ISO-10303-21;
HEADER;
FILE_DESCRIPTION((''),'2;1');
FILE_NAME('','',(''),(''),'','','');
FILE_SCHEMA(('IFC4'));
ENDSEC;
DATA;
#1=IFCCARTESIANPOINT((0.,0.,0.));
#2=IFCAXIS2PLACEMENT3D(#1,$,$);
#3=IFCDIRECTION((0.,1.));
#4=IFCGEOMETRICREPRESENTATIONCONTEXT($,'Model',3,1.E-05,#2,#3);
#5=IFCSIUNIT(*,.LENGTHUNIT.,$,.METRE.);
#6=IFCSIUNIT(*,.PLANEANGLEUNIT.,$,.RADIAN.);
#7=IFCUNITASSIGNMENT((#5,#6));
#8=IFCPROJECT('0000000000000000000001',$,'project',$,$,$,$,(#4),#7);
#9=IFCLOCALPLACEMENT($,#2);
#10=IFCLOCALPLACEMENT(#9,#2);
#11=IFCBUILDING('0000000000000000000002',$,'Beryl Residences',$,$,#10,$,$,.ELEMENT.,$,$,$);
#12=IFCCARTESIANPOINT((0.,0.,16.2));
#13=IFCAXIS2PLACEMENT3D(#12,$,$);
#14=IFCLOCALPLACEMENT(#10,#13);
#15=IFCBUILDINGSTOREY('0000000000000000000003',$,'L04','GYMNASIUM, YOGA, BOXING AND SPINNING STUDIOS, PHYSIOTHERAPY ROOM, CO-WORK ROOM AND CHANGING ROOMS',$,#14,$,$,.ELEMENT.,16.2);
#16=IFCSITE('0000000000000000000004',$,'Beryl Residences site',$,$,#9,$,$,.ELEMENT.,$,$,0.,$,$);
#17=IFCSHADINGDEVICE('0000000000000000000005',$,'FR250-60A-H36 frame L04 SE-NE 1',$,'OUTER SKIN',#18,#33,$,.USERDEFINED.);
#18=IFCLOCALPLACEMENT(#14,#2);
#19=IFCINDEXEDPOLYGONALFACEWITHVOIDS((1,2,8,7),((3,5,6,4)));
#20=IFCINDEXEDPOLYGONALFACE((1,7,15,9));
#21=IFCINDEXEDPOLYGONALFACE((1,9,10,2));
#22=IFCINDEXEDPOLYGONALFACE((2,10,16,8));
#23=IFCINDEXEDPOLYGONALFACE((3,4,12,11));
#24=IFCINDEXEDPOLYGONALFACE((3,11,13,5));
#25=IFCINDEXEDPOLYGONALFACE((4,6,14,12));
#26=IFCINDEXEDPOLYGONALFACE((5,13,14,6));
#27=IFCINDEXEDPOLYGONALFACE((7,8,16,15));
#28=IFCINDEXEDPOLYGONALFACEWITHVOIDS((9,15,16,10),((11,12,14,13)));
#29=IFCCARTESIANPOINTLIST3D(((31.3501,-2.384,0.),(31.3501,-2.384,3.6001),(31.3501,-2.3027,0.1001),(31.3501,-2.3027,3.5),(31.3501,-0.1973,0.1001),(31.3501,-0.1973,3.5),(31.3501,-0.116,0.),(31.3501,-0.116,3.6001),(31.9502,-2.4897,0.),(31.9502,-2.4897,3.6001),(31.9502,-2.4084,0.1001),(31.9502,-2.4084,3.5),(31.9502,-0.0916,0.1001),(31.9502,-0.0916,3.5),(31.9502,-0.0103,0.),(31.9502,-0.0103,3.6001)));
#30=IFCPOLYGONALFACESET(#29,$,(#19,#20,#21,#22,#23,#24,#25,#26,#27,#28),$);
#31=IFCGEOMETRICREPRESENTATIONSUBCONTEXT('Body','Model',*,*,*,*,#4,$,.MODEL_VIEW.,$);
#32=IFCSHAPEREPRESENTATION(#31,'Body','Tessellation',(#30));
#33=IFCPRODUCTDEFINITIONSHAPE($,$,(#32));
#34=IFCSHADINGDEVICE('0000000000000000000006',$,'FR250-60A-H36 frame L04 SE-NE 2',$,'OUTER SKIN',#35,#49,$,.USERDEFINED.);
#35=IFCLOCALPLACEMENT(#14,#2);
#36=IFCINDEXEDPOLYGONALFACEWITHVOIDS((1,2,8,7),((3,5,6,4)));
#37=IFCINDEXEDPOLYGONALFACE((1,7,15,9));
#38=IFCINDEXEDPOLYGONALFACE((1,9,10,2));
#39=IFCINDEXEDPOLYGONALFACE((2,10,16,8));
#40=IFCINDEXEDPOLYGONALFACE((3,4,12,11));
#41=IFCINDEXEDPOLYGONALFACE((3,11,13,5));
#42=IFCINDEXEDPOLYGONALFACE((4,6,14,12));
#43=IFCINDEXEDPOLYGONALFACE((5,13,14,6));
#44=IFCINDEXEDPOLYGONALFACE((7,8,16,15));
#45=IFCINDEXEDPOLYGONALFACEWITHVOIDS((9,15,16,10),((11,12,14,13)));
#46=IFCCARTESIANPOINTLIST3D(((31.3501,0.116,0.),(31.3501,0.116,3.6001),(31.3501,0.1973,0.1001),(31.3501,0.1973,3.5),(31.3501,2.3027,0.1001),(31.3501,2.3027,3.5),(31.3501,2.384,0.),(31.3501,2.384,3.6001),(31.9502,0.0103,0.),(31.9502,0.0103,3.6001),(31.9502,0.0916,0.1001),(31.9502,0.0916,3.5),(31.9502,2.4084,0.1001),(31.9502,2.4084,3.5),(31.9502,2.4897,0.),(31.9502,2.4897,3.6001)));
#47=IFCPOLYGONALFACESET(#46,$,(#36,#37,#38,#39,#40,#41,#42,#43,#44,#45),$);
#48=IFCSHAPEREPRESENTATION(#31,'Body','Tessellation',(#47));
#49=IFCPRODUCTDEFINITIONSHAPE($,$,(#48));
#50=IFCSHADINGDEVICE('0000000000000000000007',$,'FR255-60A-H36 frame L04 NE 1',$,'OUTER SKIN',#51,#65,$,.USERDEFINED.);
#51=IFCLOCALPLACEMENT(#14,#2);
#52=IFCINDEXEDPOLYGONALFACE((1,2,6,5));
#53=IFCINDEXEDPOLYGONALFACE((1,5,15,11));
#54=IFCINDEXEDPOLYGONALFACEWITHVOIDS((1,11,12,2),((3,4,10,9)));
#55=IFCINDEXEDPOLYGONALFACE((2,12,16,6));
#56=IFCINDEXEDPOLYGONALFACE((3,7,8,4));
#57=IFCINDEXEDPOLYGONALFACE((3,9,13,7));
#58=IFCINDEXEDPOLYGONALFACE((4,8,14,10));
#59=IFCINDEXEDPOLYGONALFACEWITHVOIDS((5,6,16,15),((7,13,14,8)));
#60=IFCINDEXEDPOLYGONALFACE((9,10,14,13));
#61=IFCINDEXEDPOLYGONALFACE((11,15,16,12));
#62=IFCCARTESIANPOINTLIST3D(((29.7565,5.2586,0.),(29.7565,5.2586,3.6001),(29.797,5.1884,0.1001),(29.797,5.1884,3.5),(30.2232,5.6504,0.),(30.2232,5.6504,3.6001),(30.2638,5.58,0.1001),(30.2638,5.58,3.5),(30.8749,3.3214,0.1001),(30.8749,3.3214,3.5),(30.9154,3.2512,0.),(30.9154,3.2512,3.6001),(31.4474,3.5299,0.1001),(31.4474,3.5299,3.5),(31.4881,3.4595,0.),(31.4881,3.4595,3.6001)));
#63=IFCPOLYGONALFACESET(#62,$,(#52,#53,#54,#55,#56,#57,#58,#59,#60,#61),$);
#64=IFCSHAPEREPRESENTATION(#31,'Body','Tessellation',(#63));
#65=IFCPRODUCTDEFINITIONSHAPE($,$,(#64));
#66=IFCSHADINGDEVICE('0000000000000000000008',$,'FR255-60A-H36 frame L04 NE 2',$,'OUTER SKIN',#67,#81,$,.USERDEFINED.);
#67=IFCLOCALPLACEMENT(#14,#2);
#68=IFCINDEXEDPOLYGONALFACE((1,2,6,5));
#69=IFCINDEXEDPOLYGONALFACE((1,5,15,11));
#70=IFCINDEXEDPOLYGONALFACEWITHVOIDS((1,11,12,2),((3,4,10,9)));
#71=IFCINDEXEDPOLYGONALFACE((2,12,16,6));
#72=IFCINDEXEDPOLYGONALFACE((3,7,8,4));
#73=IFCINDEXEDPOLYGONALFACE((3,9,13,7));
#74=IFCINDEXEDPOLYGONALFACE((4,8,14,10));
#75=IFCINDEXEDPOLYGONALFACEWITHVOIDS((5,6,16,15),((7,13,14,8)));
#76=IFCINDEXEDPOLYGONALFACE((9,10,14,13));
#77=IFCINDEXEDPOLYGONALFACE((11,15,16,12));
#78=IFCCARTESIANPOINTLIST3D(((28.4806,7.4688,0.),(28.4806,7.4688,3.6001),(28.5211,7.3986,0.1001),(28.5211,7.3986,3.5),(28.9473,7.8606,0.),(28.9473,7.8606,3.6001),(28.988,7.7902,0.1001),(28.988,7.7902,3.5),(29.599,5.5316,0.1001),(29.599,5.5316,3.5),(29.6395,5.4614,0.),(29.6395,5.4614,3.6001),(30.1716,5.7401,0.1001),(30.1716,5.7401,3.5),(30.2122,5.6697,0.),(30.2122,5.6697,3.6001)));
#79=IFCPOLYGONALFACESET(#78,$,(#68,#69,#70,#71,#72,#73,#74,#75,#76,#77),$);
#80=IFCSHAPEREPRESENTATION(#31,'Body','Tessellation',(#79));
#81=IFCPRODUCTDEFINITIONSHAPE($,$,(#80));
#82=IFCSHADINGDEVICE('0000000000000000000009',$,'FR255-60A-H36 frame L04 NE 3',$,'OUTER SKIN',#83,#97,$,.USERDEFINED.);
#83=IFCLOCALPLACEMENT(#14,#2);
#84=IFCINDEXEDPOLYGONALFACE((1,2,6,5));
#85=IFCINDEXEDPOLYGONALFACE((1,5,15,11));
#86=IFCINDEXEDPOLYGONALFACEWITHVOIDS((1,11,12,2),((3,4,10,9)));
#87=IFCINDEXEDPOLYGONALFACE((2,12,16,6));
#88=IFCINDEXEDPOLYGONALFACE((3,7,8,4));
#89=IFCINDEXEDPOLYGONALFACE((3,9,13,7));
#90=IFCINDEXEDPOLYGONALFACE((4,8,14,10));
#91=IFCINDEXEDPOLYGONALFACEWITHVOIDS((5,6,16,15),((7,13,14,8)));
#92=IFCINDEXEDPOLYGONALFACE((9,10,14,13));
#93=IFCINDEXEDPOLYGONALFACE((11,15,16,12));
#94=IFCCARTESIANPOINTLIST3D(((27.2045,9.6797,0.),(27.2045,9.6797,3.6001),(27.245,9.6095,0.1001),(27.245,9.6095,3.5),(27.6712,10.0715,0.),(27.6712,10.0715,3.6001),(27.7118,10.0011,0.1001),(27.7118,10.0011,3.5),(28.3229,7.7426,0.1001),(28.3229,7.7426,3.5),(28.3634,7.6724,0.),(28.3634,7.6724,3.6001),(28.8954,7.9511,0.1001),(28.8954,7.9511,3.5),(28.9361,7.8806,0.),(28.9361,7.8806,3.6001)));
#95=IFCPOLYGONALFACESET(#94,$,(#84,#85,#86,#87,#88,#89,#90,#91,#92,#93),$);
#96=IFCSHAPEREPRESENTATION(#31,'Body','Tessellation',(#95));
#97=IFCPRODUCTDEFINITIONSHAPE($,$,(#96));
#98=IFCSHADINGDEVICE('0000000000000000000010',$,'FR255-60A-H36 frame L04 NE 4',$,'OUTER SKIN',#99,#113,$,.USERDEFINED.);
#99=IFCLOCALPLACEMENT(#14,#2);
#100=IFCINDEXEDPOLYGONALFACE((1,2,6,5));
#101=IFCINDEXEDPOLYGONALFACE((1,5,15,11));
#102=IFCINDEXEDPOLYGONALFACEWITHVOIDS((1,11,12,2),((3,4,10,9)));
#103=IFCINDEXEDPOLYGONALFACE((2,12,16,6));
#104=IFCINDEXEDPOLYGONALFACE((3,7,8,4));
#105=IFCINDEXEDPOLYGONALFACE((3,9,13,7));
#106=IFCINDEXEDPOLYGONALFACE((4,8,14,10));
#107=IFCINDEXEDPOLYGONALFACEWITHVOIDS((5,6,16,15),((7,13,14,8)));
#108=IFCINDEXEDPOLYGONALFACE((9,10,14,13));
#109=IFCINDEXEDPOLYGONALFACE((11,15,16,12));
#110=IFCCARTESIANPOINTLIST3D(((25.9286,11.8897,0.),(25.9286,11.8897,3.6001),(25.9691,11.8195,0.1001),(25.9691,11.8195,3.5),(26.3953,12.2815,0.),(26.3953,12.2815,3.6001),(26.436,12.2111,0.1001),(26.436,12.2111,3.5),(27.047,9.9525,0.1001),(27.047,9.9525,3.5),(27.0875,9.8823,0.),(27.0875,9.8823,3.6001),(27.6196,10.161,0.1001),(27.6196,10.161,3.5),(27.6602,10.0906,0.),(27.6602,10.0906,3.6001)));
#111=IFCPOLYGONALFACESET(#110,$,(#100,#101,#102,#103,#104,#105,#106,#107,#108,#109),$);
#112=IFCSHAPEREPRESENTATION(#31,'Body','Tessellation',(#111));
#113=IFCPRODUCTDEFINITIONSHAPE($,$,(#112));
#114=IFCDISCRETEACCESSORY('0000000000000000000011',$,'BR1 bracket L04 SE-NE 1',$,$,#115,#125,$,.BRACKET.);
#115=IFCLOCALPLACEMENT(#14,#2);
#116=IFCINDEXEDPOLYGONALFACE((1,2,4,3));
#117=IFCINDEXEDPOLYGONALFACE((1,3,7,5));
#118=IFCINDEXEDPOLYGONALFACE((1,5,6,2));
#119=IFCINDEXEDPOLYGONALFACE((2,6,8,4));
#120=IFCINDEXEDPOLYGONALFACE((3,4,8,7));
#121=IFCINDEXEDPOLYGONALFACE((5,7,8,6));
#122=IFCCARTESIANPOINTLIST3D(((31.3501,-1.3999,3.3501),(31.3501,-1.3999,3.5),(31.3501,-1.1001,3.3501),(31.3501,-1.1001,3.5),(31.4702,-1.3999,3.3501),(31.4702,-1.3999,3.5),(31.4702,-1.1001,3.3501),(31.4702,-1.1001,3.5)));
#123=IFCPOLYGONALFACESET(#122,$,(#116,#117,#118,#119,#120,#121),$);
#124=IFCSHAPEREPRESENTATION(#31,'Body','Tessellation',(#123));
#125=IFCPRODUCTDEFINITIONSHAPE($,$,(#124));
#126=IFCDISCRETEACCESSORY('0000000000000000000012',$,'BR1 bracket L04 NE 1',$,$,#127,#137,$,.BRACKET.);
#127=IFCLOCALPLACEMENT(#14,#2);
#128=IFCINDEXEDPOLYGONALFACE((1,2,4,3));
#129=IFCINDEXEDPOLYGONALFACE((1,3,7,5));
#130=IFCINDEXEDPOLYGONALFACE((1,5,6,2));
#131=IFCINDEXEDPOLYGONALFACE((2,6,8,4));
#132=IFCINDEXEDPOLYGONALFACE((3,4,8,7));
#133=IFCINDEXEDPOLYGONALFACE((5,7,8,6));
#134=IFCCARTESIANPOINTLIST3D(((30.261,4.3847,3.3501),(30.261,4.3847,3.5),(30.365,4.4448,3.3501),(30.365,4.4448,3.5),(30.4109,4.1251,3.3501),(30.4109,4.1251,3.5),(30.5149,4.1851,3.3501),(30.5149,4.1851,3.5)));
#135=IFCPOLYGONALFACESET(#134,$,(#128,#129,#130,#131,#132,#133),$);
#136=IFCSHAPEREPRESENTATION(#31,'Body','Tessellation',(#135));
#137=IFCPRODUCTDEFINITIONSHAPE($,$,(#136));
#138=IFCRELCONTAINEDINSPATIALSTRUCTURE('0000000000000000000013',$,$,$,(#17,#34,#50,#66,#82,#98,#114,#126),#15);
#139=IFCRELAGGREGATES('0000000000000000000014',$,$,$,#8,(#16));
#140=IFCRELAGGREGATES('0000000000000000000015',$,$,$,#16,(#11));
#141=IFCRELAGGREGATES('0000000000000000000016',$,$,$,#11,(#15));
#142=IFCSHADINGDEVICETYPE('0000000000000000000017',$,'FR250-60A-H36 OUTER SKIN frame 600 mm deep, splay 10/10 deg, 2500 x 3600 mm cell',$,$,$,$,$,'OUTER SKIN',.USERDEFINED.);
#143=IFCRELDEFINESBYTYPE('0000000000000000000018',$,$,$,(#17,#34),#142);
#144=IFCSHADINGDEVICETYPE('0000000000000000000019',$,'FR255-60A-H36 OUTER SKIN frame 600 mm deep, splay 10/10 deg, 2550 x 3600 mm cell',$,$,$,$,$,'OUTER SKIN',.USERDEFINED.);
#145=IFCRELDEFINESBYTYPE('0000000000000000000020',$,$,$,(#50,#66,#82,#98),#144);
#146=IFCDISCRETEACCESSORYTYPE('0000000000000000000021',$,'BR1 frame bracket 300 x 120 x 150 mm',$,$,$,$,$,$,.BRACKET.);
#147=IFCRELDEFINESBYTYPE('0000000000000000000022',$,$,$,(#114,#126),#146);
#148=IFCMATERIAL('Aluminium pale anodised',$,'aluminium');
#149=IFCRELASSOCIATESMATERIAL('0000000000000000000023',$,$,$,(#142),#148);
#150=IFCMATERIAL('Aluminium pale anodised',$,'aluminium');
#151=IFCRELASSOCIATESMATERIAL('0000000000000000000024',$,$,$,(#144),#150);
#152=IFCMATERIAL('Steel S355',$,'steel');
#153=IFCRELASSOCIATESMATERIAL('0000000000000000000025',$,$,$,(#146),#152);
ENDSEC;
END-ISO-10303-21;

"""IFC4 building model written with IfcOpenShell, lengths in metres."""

from ifc_helpers import new_model, entity, si_unit, direction, frame, origin, place, context, subcontext, project, spatial, polyline, outline, extrude, source, transform, mapped, material, type_object, type_shapes, element, save


model = new_model("IFC4")

# Units and contexts
model_context = context("Model", 3, precision=1e-05, world=origin(), true_north=direction((0.0, 1.0)))
body_context = subcontext(model_context, "Body", "Model", "MODEL_VIEW")
ifc_project = project(units=[si_unit("LENGTHUNIT", "METRE"), si_unit("PLANEANGLEUNIT", "RADIAN")], contexts=[model_context])

# Site, building, storey
site_placement = place(None, origin())
site = spatial("IfcSite", under=ifc_project, at=site_placement, Name="Beryl Residences site", CompositionType="ELEMENT", RefElevation=0.0)
building_placement = place(site_placement, origin())
building = spatial("IfcBuilding", under=site, at=building_placement, Name="Beryl Residences", CompositionType="ELEMENT")
storey_placement = place(building_placement, frame((0.0, 0.0, 16.2)))
storey = spatial("IfcBuildingStorey", under=building, at=storey_placement, Name="L04", Description="GYMNASIUM, YOGA, BOXING AND SPINNING STUDIOS, PHYSIOTHERAPY ROOM, CO-WORK ROOM AND CHANGING ROOMS", CompositionType="ELEMENT", Elevation=16.2)

# Shading devices
ifc_material_1 = material(Name="Aluminium pale anodised", Category="aluminium")
shading_device_type_1 = type_object("IfcShadingDeviceType", Name="FR250-60A-H36 OUTER SKIN frame 600 mm deep, splay 10/10 deg, 2500 x 3600 mm cell", ElementType="OUTER SKIN", PredefinedType="USERDEFINED", material=ifc_material_1)
cartesian_point_1 = entity("IfcCartesianPoint", [-1.134, 0.0])
cartesian_point_2 = entity("IfcCartesianPoint", [-1.0527, 0.1001])
cartesian_point_3 = entity("IfcCartesianPoint", [-1.2397, 0.0])
cartesian_point_4 = entity("IfcCartesianPoint", [-1.1584, 0.1001])
shared_shape_1 = source(origin(), body_context, "Body", "SweptSolid", [
    entity("IfcExtrudedAreaSolidTapered", entity("IfcArbitraryProfileDefWithVoids", "AREA", None, entity("IfcPolyline", [cartesian_point_1, entity("IfcCartesianPoint", [1.134, 0.0]), entity("IfcCartesianPoint", [1.134, 3.6001]), entity("IfcCartesianPoint", [-1.134, 3.6001]), cartesian_point_1]), [entity("IfcPolyline", [cartesian_point_2, entity("IfcCartesianPoint", [1.0527, 0.1001]), entity("IfcCartesianPoint", [1.0527, 3.5]), entity("IfcCartesianPoint", [-1.0527, 3.5]), cartesian_point_2])]), entity("IfcAxis2Placement3D", entity("IfcCartesianPoint", [0.0, 0.0, 0.0]), entity("IfcDirection", [0.0, 1.0, 0.0]), entity("IfcDirection", [-1.0, 0.0, 0.0])), entity("IfcDirection", [0.0, 0.0, 1.0]), 0.6001, entity("IfcArbitraryProfileDefWithVoids", "AREA", None, entity("IfcPolyline", [cartesian_point_3, entity("IfcCartesianPoint", [1.2397, 0.0]), entity("IfcCartesianPoint", [1.2397, 3.6001]), entity("IfcCartesianPoint", [-1.2397, 3.6001]), cartesian_point_3]), [entity("IfcPolyline", [cartesian_point_4, entity("IfcCartesianPoint", [1.1584, 0.1001]), entity("IfcCartesianPoint", [1.1584, 3.5]), entity("IfcCartesianPoint", [-1.1584, 3.5]), cartesian_point_4])])),
])
type_shapes(shading_device_type_1, [shared_shape_1])
for number, where, z_axis, x_axis, name in (
    (1, (31.3501, -1.25, 0.0), (0.0, 0.0, 1.0), (0.0, -1.0, 0.0), "FR250-60A-H36 frame L04 SE-NE 1"),
    (2, (31.3501, 1.25, 0.0), (0.0, 0.0, 1.0), (0.0, -1.0, 0.0), "FR250-60A-H36 frame L04 SE-NE 2"),
):
    element("IfcShadingDevice", number, at=place(storey_placement, frame(where, z_axis=z_axis, x_axis=x_axis)), inside=storey, type_object=shading_device_type_1, Name=name, ObjectType="OUTER SKIN", PredefinedType="USERDEFINED", context=body_context, shape_type="MappedRepresentation", body=[
        mapped(shared_shape_1, transform((0.0, 0.0, 0.0))),
    ])
ifc_material_2 = material(Name="Aluminium pale anodised", Category="aluminium")
shading_device_type_2 = type_object("IfcShadingDeviceType", Name="FR255-60A-H36 OUTER SKIN frame 600 mm deep, splay 10/10 deg, 2550 x 3600 mm cell", ElementType="OUTER SKIN", PredefinedType="USERDEFINED", material=ifc_material_2)
cartesian_point_5 = entity("IfcCartesianPoint", [-1.1589, 0.0])
cartesian_point_6 = entity("IfcCartesianPoint", [-1.0779, 0.1001])
cartesian_point_7 = entity("IfcCartesianPoint", [-1.2649, 0.0])
cartesian_point_8 = entity("IfcCartesianPoint", [-1.1836, 0.1001])
shared_shape_2 = source(origin(), body_context, "Body", "SweptSolid", [
    entity("IfcExtrudedAreaSolidTapered", entity("IfcArbitraryProfileDefWithVoids", "AREA", None, entity("IfcPolyline", [cartesian_point_5, entity("IfcCartesianPoint", [1.1589, 0.0]), entity("IfcCartesianPoint", [1.1589, 3.6001]), entity("IfcCartesianPoint", [-1.1589, 3.6001]), cartesian_point_5]), [entity("IfcPolyline", [cartesian_point_6, entity("IfcCartesianPoint", [1.0779, 0.1001]), entity("IfcCartesianPoint", [1.0779, 3.5]), entity("IfcCartesianPoint", [-1.0779, 3.5]), cartesian_point_6])]), entity("IfcAxis2Placement3D", entity("IfcCartesianPoint", [0.0, 0.0, 0.0]), entity("IfcDirection", [0.0, 1.0, 0.0]), entity("IfcDirection", [-1.0, 0.0, 0.0])), entity("IfcDirection", [0.0, 0.0, 1.0]), 0.6001, entity("IfcArbitraryProfileDefWithVoids", "AREA", None, entity("IfcPolyline", [cartesian_point_7, entity("IfcCartesianPoint", [1.2649, 0.0]), entity("IfcCartesianPoint", [1.2649, 3.6001]), entity("IfcCartesianPoint", [-1.2649, 3.6001]), cartesian_point_7]), [entity("IfcPolyline", [cartesian_point_8, entity("IfcCartesianPoint", [1.1836, 0.1001]), entity("IfcCartesianPoint", [1.1836, 3.5]), entity("IfcCartesianPoint", [-1.1836, 3.5]), cartesian_point_8])])),
])
type_shapes(shading_device_type_2, [shared_shape_2])
for number, where, z_axis, x_axis, name in (
    (3, (30.3359, 4.2549, 0.0), (0.0, 0.0, 1.0), (0.5, -0.866025, 0.0), "FR255-60A-H36 frame L04 NE 1"),
    (4, (29.0601, 6.4651, 0.0), (0.0, 0.0, 1.0), (0.5, -0.866025, 0.0), "FR255-60A-H36 frame L04 NE 2"),
    (5, (27.7839, 8.676, 0.0), (0.0, 0.0, 1.0), (0.5, -0.866025, 0.0), "FR255-60A-H36 frame L04 NE 3"),
    (6, (26.5081, 10.886, 0.0), (0.0, 0.0, 1.0), (0.5, -0.866025, 0.0), "FR255-60A-H36 frame L04 NE 4"),
):
    element("IfcShadingDevice", number, at=place(storey_placement, frame(where, z_axis=z_axis, x_axis=x_axis)), inside=storey, type_object=shading_device_type_2, Name=name, ObjectType="OUTER SKIN", PredefinedType="USERDEFINED", context=body_context, shape_type="MappedRepresentation", body=[
        mapped(shared_shape_2, transform((0.0, 0.0, 0.0))),
    ])

# Discrete accessories
ifc_material_3 = material(Name="Steel S355", Category="steel")
discrete_accessory_type = type_object("IfcDiscreteAccessoryType", Name="BR1 frame bracket 300 x 120 x 150 mm", PredefinedType="BRACKET", material=ifc_material_3)
shared_shape_3 = source(origin(), body_context, "Body", "SweptSolid", [
    extrude(outline(polyline([(-0.1499, 0.0), (0.1499, 0.0), (0.1499, 0.1201), (-0.1499, 0.1201), (-0.1499, 0.0)])), origin(), (0.0, 0.0, 1.0), 0.1499),
])
type_shapes(discrete_accessory_type, [shared_shape_3])
for number, where, z_axis, x_axis, name in (
    (7, (31.3501, -1.25, 3.3501), (0.0, 0.0, 1.0), (0.0, -1.0, 0.0), "BR1 bracket L04 SE-NE 1"),
    (8, (30.3359, 4.2549, 3.3501), (0.0, 0.0, 1.0), (0.5, -0.866025, 0.0), "BR1 bracket L04 NE 1"),
):
    element("IfcDiscreteAccessory", number, at=place(storey_placement, frame(where, z_axis=z_axis, x_axis=x_axis)), inside=storey, type_object=discrete_accessory_type, Name=name, PredefinedType="BRACKET", context=body_context, shape_type="MappedRepresentation", body=[
        mapped(shared_shape_3, transform((0.0, 0.0, 0.0))),
    ])

save(model, "model.ifc")
